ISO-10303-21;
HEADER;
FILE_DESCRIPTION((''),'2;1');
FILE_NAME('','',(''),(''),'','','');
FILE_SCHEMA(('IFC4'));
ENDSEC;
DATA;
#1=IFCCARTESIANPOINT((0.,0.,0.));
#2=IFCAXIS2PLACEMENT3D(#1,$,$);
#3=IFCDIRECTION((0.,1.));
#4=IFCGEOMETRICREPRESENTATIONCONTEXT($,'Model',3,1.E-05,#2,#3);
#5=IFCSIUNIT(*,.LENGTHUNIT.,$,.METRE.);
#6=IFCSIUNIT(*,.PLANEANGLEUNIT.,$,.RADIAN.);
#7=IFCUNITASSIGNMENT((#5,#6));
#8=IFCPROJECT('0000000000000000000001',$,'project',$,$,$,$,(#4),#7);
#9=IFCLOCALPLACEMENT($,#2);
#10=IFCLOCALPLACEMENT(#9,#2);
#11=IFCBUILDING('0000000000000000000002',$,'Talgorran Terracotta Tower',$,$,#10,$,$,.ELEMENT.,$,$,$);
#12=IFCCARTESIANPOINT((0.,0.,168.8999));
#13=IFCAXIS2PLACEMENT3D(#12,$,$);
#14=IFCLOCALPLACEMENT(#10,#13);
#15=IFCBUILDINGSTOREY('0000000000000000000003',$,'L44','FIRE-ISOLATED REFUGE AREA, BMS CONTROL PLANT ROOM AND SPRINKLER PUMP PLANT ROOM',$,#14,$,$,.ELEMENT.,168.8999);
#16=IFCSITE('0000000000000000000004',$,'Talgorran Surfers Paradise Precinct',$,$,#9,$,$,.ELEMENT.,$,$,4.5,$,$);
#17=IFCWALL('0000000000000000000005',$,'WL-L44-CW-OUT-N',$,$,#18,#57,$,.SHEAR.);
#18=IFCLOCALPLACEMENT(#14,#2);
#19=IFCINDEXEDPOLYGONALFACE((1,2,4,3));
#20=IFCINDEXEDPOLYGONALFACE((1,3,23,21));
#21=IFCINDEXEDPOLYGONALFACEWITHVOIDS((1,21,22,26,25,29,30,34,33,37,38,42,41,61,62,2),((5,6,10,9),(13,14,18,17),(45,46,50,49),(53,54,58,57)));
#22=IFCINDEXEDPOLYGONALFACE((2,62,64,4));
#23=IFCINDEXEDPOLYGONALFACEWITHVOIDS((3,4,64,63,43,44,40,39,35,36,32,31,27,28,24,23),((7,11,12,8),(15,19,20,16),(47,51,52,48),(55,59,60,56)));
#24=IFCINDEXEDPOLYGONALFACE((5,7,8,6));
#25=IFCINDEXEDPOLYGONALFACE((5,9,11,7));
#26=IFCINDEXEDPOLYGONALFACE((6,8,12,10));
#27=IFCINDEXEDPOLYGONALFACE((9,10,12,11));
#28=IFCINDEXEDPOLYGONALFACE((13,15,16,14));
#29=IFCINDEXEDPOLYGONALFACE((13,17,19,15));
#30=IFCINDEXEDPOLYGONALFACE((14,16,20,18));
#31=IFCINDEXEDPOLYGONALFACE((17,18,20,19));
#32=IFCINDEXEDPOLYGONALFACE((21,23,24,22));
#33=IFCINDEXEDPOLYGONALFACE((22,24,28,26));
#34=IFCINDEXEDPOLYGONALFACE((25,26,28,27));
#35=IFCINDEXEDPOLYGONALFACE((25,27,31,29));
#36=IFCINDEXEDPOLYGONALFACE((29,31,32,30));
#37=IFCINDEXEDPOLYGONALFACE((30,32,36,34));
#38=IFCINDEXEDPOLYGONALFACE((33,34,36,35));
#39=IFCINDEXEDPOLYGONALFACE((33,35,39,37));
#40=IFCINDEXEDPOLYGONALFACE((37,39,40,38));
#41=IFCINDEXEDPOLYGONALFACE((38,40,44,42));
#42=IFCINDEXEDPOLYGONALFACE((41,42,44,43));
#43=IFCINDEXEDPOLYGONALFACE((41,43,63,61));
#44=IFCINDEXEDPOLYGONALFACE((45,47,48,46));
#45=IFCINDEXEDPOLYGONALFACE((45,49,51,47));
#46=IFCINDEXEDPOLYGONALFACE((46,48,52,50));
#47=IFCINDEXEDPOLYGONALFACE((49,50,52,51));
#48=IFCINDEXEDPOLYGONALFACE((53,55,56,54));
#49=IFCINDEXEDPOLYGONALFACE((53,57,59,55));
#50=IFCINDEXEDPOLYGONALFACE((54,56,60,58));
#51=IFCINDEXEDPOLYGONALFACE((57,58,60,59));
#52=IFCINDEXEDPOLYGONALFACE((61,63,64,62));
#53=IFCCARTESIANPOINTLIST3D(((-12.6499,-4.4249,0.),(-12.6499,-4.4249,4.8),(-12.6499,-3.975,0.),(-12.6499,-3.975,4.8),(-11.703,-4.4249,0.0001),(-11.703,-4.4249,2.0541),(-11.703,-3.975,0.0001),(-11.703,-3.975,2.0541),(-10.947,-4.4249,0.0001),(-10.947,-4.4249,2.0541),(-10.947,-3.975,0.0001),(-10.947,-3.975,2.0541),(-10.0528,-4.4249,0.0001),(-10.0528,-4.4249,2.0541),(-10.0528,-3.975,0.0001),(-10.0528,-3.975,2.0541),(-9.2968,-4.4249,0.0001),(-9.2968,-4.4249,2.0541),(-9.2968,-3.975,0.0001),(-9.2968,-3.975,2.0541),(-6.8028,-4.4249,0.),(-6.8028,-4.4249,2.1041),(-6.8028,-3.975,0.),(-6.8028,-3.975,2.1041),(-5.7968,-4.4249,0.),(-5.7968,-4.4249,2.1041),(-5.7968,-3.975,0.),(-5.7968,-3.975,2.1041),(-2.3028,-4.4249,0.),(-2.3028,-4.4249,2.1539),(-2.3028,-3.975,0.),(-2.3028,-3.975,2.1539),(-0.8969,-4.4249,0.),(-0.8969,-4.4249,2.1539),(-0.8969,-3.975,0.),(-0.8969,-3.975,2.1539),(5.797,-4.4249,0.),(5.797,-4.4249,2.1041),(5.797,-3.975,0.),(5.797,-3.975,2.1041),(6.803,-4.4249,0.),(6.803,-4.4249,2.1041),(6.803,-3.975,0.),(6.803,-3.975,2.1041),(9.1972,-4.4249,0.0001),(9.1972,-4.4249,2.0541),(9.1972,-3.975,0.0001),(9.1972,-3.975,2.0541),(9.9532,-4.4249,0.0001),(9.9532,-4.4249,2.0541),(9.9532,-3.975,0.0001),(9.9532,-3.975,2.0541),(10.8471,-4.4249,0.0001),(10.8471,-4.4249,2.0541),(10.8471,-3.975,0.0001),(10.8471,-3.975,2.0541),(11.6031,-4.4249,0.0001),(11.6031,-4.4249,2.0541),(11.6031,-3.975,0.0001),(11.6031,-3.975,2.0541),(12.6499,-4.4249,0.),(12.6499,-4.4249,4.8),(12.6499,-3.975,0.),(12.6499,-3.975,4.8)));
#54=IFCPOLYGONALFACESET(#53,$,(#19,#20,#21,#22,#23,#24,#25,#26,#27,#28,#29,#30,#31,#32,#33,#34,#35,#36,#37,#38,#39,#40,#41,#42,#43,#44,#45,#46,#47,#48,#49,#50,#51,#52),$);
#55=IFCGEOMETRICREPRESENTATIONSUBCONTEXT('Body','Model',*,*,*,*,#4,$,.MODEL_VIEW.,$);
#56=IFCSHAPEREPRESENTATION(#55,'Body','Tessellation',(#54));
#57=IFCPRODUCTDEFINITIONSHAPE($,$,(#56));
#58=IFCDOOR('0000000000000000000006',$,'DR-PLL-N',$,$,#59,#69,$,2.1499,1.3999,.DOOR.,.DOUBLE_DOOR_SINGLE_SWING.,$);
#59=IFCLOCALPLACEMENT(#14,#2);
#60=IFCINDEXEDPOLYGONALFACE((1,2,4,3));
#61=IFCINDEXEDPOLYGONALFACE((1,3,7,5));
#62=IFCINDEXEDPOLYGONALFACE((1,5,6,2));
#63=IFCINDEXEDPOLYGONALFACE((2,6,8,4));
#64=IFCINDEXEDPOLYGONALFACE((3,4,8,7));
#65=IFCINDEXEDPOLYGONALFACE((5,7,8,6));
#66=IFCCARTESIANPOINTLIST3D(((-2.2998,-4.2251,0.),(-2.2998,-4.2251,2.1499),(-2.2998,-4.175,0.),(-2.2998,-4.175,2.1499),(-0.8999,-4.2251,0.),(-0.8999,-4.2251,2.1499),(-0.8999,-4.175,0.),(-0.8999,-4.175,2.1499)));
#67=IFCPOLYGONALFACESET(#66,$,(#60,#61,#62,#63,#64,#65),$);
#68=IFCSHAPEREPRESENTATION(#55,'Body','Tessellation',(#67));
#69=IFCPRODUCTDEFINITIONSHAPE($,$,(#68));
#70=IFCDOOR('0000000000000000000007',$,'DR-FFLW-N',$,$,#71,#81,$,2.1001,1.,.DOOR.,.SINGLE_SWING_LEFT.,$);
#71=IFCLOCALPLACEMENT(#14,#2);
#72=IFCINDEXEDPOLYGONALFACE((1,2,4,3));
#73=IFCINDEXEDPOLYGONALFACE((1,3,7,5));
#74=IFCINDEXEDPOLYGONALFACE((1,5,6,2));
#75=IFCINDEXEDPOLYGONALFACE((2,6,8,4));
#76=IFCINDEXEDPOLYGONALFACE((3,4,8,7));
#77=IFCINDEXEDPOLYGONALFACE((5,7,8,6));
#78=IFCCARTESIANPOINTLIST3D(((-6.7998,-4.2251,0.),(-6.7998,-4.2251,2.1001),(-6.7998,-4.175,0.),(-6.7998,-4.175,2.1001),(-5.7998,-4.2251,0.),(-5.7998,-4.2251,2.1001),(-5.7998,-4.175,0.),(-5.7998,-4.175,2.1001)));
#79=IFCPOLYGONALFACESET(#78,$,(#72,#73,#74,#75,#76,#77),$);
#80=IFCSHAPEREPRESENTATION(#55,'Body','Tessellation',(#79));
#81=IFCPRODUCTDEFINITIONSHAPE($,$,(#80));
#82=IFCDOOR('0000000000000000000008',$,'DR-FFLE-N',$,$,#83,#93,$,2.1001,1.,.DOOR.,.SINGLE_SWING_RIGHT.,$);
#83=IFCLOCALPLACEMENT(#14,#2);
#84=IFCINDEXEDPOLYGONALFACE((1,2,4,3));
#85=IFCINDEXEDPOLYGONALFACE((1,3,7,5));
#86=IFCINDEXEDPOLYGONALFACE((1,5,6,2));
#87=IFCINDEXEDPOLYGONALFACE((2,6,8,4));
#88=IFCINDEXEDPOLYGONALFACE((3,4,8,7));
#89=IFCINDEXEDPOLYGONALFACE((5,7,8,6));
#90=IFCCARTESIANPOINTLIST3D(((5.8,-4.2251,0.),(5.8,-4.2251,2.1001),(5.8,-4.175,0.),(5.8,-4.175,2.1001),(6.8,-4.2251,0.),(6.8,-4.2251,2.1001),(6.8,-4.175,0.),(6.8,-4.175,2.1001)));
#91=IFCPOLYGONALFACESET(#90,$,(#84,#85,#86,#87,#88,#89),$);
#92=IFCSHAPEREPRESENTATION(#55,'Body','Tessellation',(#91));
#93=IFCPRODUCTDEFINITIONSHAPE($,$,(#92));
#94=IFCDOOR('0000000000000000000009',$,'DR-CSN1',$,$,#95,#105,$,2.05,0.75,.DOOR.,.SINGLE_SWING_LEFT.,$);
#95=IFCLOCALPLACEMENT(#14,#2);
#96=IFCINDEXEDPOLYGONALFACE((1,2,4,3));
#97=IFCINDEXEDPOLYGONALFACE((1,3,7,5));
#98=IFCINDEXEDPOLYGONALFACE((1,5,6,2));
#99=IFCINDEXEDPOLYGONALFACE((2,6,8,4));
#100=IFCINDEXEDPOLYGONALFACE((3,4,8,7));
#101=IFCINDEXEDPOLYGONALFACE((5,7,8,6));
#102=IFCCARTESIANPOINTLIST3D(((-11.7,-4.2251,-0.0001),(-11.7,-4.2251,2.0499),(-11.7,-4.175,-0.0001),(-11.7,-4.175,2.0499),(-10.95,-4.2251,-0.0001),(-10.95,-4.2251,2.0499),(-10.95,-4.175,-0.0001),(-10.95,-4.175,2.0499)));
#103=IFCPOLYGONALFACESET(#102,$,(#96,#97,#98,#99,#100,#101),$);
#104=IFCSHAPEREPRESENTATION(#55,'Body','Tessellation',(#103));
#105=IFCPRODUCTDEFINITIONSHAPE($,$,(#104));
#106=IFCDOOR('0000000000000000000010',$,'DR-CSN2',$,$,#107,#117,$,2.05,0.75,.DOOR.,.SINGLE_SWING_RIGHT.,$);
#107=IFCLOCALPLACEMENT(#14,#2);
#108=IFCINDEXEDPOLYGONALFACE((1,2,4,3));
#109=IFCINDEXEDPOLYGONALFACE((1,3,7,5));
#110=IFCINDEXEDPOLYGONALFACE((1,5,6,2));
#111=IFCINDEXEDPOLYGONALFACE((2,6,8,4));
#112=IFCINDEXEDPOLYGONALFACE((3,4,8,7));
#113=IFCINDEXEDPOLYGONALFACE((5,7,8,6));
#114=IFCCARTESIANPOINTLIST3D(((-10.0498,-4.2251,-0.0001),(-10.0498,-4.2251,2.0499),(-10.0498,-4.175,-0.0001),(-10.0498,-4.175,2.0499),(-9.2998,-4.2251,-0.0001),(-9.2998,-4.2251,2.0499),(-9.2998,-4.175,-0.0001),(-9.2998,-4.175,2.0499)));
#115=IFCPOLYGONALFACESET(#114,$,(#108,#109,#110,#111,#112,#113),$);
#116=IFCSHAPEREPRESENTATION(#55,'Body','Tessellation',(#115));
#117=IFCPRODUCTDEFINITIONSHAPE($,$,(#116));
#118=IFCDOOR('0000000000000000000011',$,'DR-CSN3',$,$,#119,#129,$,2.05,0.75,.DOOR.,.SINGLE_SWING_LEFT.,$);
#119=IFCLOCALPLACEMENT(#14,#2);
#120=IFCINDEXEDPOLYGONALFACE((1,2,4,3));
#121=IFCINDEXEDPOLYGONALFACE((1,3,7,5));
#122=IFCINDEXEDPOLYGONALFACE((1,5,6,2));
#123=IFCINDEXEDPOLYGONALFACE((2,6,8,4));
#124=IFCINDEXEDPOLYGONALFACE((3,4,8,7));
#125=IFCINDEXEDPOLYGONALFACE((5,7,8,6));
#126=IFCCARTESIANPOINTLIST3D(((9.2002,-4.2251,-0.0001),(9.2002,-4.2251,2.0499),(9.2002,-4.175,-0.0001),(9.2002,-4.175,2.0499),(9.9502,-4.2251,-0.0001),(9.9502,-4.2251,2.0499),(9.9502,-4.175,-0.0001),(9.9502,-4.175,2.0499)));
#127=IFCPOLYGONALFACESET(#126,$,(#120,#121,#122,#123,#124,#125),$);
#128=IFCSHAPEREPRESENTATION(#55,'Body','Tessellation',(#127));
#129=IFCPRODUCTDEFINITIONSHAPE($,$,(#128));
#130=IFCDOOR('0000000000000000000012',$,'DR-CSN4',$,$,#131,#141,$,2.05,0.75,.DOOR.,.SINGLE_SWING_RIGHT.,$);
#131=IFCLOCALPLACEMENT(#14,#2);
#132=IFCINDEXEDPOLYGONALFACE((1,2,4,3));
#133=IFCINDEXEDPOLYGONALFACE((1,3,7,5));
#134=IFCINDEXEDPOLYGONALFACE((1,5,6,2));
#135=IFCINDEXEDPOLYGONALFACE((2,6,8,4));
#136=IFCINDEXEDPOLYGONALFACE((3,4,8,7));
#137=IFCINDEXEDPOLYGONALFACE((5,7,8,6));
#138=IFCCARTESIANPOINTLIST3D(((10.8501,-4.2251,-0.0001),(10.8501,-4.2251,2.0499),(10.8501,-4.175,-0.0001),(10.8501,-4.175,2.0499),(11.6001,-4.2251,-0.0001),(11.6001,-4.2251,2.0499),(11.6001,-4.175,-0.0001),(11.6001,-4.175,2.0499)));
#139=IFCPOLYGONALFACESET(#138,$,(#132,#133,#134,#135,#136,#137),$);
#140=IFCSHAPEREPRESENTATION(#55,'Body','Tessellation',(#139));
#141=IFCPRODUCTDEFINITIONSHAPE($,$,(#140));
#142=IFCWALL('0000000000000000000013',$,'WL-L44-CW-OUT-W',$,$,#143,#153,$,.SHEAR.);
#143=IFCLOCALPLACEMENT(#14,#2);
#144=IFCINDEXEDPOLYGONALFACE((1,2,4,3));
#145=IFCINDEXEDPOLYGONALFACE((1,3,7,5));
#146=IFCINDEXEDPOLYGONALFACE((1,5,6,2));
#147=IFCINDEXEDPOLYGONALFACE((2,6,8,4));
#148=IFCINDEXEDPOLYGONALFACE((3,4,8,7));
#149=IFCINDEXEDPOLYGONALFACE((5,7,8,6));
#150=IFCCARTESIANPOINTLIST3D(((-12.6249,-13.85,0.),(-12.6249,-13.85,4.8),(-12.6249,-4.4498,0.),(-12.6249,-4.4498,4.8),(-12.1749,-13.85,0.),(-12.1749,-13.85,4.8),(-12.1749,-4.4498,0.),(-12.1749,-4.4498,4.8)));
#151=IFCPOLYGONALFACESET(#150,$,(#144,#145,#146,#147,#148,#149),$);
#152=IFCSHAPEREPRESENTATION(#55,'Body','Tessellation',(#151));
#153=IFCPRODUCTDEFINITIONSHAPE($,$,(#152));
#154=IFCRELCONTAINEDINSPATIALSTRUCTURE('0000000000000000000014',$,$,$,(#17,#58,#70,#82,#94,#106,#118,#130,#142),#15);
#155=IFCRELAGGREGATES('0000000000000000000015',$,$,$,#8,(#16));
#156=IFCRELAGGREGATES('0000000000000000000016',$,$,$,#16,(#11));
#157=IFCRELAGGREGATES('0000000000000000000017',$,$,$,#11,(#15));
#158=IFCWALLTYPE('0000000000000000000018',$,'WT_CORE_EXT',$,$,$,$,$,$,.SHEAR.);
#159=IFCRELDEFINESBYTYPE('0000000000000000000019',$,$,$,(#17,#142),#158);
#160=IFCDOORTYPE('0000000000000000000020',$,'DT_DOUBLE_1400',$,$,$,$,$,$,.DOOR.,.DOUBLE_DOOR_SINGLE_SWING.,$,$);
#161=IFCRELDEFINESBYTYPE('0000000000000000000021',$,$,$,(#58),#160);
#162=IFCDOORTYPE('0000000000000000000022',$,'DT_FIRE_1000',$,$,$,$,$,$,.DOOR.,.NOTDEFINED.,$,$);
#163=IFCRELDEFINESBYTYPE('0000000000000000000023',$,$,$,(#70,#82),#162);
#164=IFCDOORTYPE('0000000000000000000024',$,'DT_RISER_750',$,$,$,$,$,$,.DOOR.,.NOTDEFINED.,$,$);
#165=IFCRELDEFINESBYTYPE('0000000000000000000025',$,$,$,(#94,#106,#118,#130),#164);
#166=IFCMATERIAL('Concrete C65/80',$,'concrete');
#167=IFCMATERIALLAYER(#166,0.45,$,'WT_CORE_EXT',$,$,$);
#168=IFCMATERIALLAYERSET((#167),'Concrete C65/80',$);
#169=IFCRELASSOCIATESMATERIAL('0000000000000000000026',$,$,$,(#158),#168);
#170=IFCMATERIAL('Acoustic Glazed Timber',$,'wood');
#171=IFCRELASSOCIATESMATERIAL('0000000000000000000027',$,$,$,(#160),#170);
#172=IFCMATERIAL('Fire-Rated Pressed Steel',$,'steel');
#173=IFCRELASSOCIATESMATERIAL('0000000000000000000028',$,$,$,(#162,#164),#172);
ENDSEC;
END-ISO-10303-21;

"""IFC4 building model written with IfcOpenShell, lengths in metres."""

from ifc_helpers import new_model, si_unit, direction, frame, frame_2d, origin, place, context, subcontext, project, spatial, rectangle, extrude, material, layer, layer_set, type_object, element, fill, save


model = new_model("IFC4")

# Units and contexts
model_context = context("Model", 3, precision=1e-05, world=origin(), true_north=direction((0.0, 1.0)))
body_context = subcontext(model_context, "Body", "Model", "MODEL_VIEW")
ifc_project = project(units=[si_unit("LENGTHUNIT", "METRE"), si_unit("PLANEANGLEUNIT", "RADIAN")], contexts=[model_context])

# Site, building, storey
site_placement = place(None, origin())
site = spatial("IfcSite", under=ifc_project, at=site_placement, Name="Talgorran Surfers Paradise Precinct", CompositionType="ELEMENT", RefElevation=4.5)
building_placement = place(site_placement, origin())
building = spatial("IfcBuilding", under=site, at=building_placement, Name="Talgorran Terracotta Tower", CompositionType="ELEMENT")
storey_placement = place(building_placement, frame((0.0, 0.0, 168.8999)))
storey = spatial("IfcBuildingStorey", under=building, at=storey_placement, Name="L44", Description="FIRE-ISOLATED REFUGE AREA, BMS CONTROL PLANT ROOM AND SPRINKLER PUMP PLANT ROOM", CompositionType="ELEMENT", Elevation=168.8999)

# Shared definitions
ifc_material_1 = material(Name="Concrete C65/80", Category="concrete")
ifc_layer_1 = layer(ifc_material_1, 0.45, Name="WT_CORE_EXT")
ifc_layer_set_1 = layer_set([ifc_layer_1], Name="Concrete C65/80")
wall_type_1 = type_object("IfcWallType", Name="WT_CORE_EXT", PredefinedType="SHEAR", material=ifc_layer_set_1)

# Wall, openings, doors
wall_1_placement = place(storey_placement, frame((-12.6499, -4.2, 0.0), z_axis=(0.0, 0.0, 1.0), x_axis=(1.0, 0.0, 0.0)))
wall_1 = element("IfcWall", 1, at=wall_1_placement, inside=storey, type_object=wall_type_1, Name="WL-L44-CW-OUT-N", PredefinedType="SHEAR", context=body_context, shape_type="SweptSolid", body=[
    extrude(rectangle(XDim=25.2998, YDim=0.45, at=frame_2d((12.6499, 0.0))), origin(), (0.0, 0.0, 1.0), 4.8),
])
opening_1_placement = place(wall_1_placement, frame((0.95, 0.0, 0.0)))
opening_1 = element("IfcOpeningElement", 2, at=opening_1_placement, cuts=wall_1, PredefinedType="OPENING", context=body_context, shape_type="SweptSolid", body=[
    extrude(rectangle(XDim=0.756, YDim=2.054, at=frame_2d((0.375, 1.0271))), frame((0.0, 0.2349, 0.0), z_axis=(0.0, -1.0, 0.0), x_axis=(1.0, 0.0, 0.0)), (0.0, 0.0, 1.0), 0.47),
])
opening_2_placement = place(wall_1_placement, frame((2.6001, 0.0, 0.0)))
opening_2 = element("IfcOpeningElement", 3, at=opening_2_placement, cuts=wall_1, PredefinedType="OPENING", context=body_context, shape_type="SweptSolid", body=[
    extrude(rectangle(XDim=0.756, YDim=2.054, at=frame_2d((0.375, 1.0271))), frame((0.0, 0.2349, 0.0), z_axis=(0.0, -1.0, 0.0), x_axis=(1.0, 0.0, 0.0)), (0.0, 0.0, 1.0), 0.47),
])
opening_3_placement = place(wall_1_placement, frame((21.8501, 0.0, 0.0)))
opening_3 = element("IfcOpeningElement", 4, at=opening_3_placement, cuts=wall_1, PredefinedType="OPENING", context=body_context, shape_type="SweptSolid", body=[
    extrude(rectangle(XDim=0.756, YDim=2.054, at=frame_2d((0.375, 1.0271))), frame((0.0, 0.2349, 0.0), z_axis=(0.0, -1.0, 0.0), x_axis=(1.0, 0.0, 0.0)), (0.0, 0.0, 1.0), 0.47),
])
opening_4_placement = place(wall_1_placement, frame((23.5, 0.0, 0.0)))
opening_4 = element("IfcOpeningElement", 5, at=opening_4_placement, cuts=wall_1, PredefinedType="OPENING", context=body_context, shape_type="SweptSolid", body=[
    extrude(rectangle(XDim=0.756, YDim=2.054, at=frame_2d((0.375, 1.0271))), frame((0.0, 0.2349, 0.0), z_axis=(0.0, -1.0, 0.0), x_axis=(1.0, 0.0, 0.0)), (0.0, 0.0, 1.0), 0.47),
])
opening_5_placement = place(wall_1_placement, frame((5.8501, 0.0, 0.0)))
opening_5 = element("IfcOpeningElement", 6, at=opening_5_placement, cuts=wall_1, PredefinedType="OPENING", context=body_context, shape_type="SweptSolid", body=[
    extrude(rectangle(XDim=1.006, YDim=2.1041, at=frame_2d((0.5, 1.052))), frame((0.0, 0.2349, 0.0), z_axis=(0.0, -1.0, 0.0), x_axis=(1.0, 0.0, 0.0)), (0.0, 0.0, 1.0), 0.47),
])
opening_6_placement = place(wall_1_placement, frame((10.3501, 0.0, 0.0)))
opening_6 = element("IfcOpeningElement", 7, at=opening_6_placement, cuts=wall_1, PredefinedType="OPENING", context=body_context, shape_type="SweptSolid", body=[
    extrude(rectangle(XDim=1.4059, YDim=2.1539, at=frame_2d((0.7, 1.0769))), frame((0.0, 0.2349, 0.0), z_axis=(0.0, -1.0, 0.0), x_axis=(1.0, 0.0, 0.0)), (0.0, 0.0, 1.0), 0.47),
])
opening_7_placement = place(wall_1_placement, frame((18.45, 0.0, 0.0)))
opening_7 = element("IfcOpeningElement", 8, at=opening_7_placement, cuts=wall_1, PredefinedType="OPENING", context=body_context, shape_type="SweptSolid", body=[
    extrude(rectangle(XDim=1.006, YDim=2.1041, at=frame_2d((0.5, 1.052))), frame((0.0, 0.2349, 0.0), z_axis=(0.0, -1.0, 0.0), x_axis=(1.0, 0.0, 0.0)), (0.0, 0.0, 1.0), 0.47),
])
ifc_material_2 = material(Name="Acoustic Glazed Timber", Category="wood")
door_type_1 = type_object("IfcDoorType", Name="DT_DOUBLE_1400", OperationType="DOUBLE_DOOR_SINGLE_SWING", PredefinedType="DOOR", material=ifc_material_2)
door_1_placement = place(opening_6_placement, origin())
door_1 = element("IfcDoor", 9, at=door_1_placement, inside=storey, type_object=door_type_1, Name="DR-PLL-N", OperationType="DOUBLE_DOOR_SINGLE_SWING", OverallHeight=2.1499, OverallWidth=1.3999, PredefinedType="DOOR", context=body_context, shape_type="SweptSolid", body=[
    extrude(rectangle(XDim=1.3999, YDim=2.1499, at=frame_2d((0.7, 1.075))), frame((0.0, 0.0249, 0.0), z_axis=(0.0, -1.0, 0.0), x_axis=(1.0, 0.0, 0.0)), (0.0, 0.0, 1.0), 0.05),
])
fill(opening_6, door_1)
ifc_material_3 = material(Name="Fire-Rated Pressed Steel", Category="steel")
door_type_2 = type_object("IfcDoorType", Name="DT_FIRE_1000", OperationType="NOTDEFINED", PredefinedType="DOOR", material=ifc_material_3)
door_2_placement = place(opening_5_placement, origin())
door_2 = element("IfcDoor", 10, at=door_2_placement, inside=storey, type_object=door_type_2, Name="DR-FFLW-N", OperationType="SINGLE_SWING_LEFT", OverallHeight=2.1001, OverallWidth=1.0, PredefinedType="DOOR", context=body_context, shape_type="SweptSolid", body=[
    extrude(rectangle(XDim=1.0, YDim=2.1001, at=frame_2d((0.5, 1.05))), frame((0.0, 0.0249, 0.0), z_axis=(0.0, -1.0, 0.0), x_axis=(1.0, 0.0, 0.0)), (0.0, 0.0, 1.0), 0.05),
])
fill(opening_5, door_2)
door_3_placement = place(opening_7_placement, origin())
door_3 = element("IfcDoor", 11, at=door_3_placement, inside=storey, type_object=door_type_2, Name="DR-FFLE-N", OperationType="SINGLE_SWING_RIGHT", OverallHeight=2.1001, OverallWidth=1.0, PredefinedType="DOOR", context=body_context, shape_type="SweptSolid", body=[
    extrude(rectangle(XDim=1.0, YDim=2.1001, at=frame_2d((0.5, 1.05))), frame((0.0, 0.0249, 0.0), z_axis=(0.0, -1.0, 0.0), x_axis=(1.0, 0.0, 0.0)), (0.0, 0.0, 1.0), 0.05),
])
fill(opening_7, door_3)
door_type_3 = type_object("IfcDoorType", Name="DT_RISER_750", OperationType="NOTDEFINED", PredefinedType="DOOR", material=ifc_material_3)
door_4_placement = place(opening_1_placement, origin())
door_4 = element("IfcDoor", 12, at=door_4_placement, inside=storey, type_object=door_type_3, Name="DR-CSN1", OperationType="SINGLE_SWING_LEFT", OverallHeight=2.05, OverallWidth=0.75, PredefinedType="DOOR", context=body_context, shape_type="SweptSolid", body=[
    extrude(rectangle(XDim=0.75, YDim=2.05, at=frame_2d((0.375, 1.0249))), frame((0.0, 0.0249, 0.0), z_axis=(0.0, -1.0, 0.0), x_axis=(1.0, 0.0, 0.0)), (0.0, 0.0, 1.0), 0.05),
])
fill(opening_1, door_4)
door_5_placement = place(opening_2_placement, origin())
door_5 = element("IfcDoor", 13, at=door_5_placement, inside=storey, type_object=door_type_3, Name="DR-CSN2", OperationType="SINGLE_SWING_RIGHT", OverallHeight=2.05, OverallWidth=0.75, PredefinedType="DOOR", context=body_context, shape_type="SweptSolid", body=[
    extrude(rectangle(XDim=0.75, YDim=2.05, at=frame_2d((0.375, 1.0249))), frame((0.0, 0.0249, 0.0), z_axis=(0.0, -1.0, 0.0), x_axis=(1.0, 0.0, 0.0)), (0.0, 0.0, 1.0), 0.05),
])
fill(opening_2, door_5)
door_6_placement = place(opening_3_placement, origin())
door_6 = element("IfcDoor", 14, at=door_6_placement, inside=storey, type_object=door_type_3, Name="DR-CSN3", OperationType="SINGLE_SWING_LEFT", OverallHeight=2.05, OverallWidth=0.75, PredefinedType="DOOR", context=body_context, shape_type="SweptSolid", body=[
    extrude(rectangle(XDim=0.75, YDim=2.05, at=frame_2d((0.375, 1.0249))), frame((0.0, 0.0249, 0.0), z_axis=(0.0, -1.0, 0.0), x_axis=(1.0, 0.0, 0.0)), (0.0, 0.0, 1.0), 0.05),
])
fill(opening_3, door_6)
door_7_placement = place(opening_4_placement, origin())
door_7 = element("IfcDoor", 15, at=door_7_placement, inside=storey, type_object=door_type_3, Name="DR-CSN4", OperationType="SINGLE_SWING_RIGHT", OverallHeight=2.05, OverallWidth=0.75, PredefinedType="DOOR", context=body_context, shape_type="SweptSolid", body=[
    extrude(rectangle(XDim=0.75, YDim=2.05, at=frame_2d((0.375, 1.0249))), frame((0.0, 0.0249, 0.0), z_axis=(0.0, -1.0, 0.0), x_axis=(1.0, 0.0, 0.0)), (0.0, 0.0, 1.0), 0.05),
])
fill(opening_4, door_7)

# Wall
wall_2_placement = place(storey_placement, frame((-12.3999, -13.8501, 0.0), z_axis=(0.0, 0.0, 1.0), x_axis=(0.0, 1.0, 0.0)))
element("IfcWall", 16, at=wall_2_placement, inside=storey, type_object=wall_type_1, Name="WL-L44-CW-OUT-W", PredefinedType="SHEAR", context=body_context, shape_type="SweptSolid", body=[
    extrude(rectangle(XDim=9.4001, YDim=0.45, at=frame_2d((4.7002, 0.0))), origin(), (0.0, 0.0, 1.0), 4.8),
])

save(model, "model.ifc")
